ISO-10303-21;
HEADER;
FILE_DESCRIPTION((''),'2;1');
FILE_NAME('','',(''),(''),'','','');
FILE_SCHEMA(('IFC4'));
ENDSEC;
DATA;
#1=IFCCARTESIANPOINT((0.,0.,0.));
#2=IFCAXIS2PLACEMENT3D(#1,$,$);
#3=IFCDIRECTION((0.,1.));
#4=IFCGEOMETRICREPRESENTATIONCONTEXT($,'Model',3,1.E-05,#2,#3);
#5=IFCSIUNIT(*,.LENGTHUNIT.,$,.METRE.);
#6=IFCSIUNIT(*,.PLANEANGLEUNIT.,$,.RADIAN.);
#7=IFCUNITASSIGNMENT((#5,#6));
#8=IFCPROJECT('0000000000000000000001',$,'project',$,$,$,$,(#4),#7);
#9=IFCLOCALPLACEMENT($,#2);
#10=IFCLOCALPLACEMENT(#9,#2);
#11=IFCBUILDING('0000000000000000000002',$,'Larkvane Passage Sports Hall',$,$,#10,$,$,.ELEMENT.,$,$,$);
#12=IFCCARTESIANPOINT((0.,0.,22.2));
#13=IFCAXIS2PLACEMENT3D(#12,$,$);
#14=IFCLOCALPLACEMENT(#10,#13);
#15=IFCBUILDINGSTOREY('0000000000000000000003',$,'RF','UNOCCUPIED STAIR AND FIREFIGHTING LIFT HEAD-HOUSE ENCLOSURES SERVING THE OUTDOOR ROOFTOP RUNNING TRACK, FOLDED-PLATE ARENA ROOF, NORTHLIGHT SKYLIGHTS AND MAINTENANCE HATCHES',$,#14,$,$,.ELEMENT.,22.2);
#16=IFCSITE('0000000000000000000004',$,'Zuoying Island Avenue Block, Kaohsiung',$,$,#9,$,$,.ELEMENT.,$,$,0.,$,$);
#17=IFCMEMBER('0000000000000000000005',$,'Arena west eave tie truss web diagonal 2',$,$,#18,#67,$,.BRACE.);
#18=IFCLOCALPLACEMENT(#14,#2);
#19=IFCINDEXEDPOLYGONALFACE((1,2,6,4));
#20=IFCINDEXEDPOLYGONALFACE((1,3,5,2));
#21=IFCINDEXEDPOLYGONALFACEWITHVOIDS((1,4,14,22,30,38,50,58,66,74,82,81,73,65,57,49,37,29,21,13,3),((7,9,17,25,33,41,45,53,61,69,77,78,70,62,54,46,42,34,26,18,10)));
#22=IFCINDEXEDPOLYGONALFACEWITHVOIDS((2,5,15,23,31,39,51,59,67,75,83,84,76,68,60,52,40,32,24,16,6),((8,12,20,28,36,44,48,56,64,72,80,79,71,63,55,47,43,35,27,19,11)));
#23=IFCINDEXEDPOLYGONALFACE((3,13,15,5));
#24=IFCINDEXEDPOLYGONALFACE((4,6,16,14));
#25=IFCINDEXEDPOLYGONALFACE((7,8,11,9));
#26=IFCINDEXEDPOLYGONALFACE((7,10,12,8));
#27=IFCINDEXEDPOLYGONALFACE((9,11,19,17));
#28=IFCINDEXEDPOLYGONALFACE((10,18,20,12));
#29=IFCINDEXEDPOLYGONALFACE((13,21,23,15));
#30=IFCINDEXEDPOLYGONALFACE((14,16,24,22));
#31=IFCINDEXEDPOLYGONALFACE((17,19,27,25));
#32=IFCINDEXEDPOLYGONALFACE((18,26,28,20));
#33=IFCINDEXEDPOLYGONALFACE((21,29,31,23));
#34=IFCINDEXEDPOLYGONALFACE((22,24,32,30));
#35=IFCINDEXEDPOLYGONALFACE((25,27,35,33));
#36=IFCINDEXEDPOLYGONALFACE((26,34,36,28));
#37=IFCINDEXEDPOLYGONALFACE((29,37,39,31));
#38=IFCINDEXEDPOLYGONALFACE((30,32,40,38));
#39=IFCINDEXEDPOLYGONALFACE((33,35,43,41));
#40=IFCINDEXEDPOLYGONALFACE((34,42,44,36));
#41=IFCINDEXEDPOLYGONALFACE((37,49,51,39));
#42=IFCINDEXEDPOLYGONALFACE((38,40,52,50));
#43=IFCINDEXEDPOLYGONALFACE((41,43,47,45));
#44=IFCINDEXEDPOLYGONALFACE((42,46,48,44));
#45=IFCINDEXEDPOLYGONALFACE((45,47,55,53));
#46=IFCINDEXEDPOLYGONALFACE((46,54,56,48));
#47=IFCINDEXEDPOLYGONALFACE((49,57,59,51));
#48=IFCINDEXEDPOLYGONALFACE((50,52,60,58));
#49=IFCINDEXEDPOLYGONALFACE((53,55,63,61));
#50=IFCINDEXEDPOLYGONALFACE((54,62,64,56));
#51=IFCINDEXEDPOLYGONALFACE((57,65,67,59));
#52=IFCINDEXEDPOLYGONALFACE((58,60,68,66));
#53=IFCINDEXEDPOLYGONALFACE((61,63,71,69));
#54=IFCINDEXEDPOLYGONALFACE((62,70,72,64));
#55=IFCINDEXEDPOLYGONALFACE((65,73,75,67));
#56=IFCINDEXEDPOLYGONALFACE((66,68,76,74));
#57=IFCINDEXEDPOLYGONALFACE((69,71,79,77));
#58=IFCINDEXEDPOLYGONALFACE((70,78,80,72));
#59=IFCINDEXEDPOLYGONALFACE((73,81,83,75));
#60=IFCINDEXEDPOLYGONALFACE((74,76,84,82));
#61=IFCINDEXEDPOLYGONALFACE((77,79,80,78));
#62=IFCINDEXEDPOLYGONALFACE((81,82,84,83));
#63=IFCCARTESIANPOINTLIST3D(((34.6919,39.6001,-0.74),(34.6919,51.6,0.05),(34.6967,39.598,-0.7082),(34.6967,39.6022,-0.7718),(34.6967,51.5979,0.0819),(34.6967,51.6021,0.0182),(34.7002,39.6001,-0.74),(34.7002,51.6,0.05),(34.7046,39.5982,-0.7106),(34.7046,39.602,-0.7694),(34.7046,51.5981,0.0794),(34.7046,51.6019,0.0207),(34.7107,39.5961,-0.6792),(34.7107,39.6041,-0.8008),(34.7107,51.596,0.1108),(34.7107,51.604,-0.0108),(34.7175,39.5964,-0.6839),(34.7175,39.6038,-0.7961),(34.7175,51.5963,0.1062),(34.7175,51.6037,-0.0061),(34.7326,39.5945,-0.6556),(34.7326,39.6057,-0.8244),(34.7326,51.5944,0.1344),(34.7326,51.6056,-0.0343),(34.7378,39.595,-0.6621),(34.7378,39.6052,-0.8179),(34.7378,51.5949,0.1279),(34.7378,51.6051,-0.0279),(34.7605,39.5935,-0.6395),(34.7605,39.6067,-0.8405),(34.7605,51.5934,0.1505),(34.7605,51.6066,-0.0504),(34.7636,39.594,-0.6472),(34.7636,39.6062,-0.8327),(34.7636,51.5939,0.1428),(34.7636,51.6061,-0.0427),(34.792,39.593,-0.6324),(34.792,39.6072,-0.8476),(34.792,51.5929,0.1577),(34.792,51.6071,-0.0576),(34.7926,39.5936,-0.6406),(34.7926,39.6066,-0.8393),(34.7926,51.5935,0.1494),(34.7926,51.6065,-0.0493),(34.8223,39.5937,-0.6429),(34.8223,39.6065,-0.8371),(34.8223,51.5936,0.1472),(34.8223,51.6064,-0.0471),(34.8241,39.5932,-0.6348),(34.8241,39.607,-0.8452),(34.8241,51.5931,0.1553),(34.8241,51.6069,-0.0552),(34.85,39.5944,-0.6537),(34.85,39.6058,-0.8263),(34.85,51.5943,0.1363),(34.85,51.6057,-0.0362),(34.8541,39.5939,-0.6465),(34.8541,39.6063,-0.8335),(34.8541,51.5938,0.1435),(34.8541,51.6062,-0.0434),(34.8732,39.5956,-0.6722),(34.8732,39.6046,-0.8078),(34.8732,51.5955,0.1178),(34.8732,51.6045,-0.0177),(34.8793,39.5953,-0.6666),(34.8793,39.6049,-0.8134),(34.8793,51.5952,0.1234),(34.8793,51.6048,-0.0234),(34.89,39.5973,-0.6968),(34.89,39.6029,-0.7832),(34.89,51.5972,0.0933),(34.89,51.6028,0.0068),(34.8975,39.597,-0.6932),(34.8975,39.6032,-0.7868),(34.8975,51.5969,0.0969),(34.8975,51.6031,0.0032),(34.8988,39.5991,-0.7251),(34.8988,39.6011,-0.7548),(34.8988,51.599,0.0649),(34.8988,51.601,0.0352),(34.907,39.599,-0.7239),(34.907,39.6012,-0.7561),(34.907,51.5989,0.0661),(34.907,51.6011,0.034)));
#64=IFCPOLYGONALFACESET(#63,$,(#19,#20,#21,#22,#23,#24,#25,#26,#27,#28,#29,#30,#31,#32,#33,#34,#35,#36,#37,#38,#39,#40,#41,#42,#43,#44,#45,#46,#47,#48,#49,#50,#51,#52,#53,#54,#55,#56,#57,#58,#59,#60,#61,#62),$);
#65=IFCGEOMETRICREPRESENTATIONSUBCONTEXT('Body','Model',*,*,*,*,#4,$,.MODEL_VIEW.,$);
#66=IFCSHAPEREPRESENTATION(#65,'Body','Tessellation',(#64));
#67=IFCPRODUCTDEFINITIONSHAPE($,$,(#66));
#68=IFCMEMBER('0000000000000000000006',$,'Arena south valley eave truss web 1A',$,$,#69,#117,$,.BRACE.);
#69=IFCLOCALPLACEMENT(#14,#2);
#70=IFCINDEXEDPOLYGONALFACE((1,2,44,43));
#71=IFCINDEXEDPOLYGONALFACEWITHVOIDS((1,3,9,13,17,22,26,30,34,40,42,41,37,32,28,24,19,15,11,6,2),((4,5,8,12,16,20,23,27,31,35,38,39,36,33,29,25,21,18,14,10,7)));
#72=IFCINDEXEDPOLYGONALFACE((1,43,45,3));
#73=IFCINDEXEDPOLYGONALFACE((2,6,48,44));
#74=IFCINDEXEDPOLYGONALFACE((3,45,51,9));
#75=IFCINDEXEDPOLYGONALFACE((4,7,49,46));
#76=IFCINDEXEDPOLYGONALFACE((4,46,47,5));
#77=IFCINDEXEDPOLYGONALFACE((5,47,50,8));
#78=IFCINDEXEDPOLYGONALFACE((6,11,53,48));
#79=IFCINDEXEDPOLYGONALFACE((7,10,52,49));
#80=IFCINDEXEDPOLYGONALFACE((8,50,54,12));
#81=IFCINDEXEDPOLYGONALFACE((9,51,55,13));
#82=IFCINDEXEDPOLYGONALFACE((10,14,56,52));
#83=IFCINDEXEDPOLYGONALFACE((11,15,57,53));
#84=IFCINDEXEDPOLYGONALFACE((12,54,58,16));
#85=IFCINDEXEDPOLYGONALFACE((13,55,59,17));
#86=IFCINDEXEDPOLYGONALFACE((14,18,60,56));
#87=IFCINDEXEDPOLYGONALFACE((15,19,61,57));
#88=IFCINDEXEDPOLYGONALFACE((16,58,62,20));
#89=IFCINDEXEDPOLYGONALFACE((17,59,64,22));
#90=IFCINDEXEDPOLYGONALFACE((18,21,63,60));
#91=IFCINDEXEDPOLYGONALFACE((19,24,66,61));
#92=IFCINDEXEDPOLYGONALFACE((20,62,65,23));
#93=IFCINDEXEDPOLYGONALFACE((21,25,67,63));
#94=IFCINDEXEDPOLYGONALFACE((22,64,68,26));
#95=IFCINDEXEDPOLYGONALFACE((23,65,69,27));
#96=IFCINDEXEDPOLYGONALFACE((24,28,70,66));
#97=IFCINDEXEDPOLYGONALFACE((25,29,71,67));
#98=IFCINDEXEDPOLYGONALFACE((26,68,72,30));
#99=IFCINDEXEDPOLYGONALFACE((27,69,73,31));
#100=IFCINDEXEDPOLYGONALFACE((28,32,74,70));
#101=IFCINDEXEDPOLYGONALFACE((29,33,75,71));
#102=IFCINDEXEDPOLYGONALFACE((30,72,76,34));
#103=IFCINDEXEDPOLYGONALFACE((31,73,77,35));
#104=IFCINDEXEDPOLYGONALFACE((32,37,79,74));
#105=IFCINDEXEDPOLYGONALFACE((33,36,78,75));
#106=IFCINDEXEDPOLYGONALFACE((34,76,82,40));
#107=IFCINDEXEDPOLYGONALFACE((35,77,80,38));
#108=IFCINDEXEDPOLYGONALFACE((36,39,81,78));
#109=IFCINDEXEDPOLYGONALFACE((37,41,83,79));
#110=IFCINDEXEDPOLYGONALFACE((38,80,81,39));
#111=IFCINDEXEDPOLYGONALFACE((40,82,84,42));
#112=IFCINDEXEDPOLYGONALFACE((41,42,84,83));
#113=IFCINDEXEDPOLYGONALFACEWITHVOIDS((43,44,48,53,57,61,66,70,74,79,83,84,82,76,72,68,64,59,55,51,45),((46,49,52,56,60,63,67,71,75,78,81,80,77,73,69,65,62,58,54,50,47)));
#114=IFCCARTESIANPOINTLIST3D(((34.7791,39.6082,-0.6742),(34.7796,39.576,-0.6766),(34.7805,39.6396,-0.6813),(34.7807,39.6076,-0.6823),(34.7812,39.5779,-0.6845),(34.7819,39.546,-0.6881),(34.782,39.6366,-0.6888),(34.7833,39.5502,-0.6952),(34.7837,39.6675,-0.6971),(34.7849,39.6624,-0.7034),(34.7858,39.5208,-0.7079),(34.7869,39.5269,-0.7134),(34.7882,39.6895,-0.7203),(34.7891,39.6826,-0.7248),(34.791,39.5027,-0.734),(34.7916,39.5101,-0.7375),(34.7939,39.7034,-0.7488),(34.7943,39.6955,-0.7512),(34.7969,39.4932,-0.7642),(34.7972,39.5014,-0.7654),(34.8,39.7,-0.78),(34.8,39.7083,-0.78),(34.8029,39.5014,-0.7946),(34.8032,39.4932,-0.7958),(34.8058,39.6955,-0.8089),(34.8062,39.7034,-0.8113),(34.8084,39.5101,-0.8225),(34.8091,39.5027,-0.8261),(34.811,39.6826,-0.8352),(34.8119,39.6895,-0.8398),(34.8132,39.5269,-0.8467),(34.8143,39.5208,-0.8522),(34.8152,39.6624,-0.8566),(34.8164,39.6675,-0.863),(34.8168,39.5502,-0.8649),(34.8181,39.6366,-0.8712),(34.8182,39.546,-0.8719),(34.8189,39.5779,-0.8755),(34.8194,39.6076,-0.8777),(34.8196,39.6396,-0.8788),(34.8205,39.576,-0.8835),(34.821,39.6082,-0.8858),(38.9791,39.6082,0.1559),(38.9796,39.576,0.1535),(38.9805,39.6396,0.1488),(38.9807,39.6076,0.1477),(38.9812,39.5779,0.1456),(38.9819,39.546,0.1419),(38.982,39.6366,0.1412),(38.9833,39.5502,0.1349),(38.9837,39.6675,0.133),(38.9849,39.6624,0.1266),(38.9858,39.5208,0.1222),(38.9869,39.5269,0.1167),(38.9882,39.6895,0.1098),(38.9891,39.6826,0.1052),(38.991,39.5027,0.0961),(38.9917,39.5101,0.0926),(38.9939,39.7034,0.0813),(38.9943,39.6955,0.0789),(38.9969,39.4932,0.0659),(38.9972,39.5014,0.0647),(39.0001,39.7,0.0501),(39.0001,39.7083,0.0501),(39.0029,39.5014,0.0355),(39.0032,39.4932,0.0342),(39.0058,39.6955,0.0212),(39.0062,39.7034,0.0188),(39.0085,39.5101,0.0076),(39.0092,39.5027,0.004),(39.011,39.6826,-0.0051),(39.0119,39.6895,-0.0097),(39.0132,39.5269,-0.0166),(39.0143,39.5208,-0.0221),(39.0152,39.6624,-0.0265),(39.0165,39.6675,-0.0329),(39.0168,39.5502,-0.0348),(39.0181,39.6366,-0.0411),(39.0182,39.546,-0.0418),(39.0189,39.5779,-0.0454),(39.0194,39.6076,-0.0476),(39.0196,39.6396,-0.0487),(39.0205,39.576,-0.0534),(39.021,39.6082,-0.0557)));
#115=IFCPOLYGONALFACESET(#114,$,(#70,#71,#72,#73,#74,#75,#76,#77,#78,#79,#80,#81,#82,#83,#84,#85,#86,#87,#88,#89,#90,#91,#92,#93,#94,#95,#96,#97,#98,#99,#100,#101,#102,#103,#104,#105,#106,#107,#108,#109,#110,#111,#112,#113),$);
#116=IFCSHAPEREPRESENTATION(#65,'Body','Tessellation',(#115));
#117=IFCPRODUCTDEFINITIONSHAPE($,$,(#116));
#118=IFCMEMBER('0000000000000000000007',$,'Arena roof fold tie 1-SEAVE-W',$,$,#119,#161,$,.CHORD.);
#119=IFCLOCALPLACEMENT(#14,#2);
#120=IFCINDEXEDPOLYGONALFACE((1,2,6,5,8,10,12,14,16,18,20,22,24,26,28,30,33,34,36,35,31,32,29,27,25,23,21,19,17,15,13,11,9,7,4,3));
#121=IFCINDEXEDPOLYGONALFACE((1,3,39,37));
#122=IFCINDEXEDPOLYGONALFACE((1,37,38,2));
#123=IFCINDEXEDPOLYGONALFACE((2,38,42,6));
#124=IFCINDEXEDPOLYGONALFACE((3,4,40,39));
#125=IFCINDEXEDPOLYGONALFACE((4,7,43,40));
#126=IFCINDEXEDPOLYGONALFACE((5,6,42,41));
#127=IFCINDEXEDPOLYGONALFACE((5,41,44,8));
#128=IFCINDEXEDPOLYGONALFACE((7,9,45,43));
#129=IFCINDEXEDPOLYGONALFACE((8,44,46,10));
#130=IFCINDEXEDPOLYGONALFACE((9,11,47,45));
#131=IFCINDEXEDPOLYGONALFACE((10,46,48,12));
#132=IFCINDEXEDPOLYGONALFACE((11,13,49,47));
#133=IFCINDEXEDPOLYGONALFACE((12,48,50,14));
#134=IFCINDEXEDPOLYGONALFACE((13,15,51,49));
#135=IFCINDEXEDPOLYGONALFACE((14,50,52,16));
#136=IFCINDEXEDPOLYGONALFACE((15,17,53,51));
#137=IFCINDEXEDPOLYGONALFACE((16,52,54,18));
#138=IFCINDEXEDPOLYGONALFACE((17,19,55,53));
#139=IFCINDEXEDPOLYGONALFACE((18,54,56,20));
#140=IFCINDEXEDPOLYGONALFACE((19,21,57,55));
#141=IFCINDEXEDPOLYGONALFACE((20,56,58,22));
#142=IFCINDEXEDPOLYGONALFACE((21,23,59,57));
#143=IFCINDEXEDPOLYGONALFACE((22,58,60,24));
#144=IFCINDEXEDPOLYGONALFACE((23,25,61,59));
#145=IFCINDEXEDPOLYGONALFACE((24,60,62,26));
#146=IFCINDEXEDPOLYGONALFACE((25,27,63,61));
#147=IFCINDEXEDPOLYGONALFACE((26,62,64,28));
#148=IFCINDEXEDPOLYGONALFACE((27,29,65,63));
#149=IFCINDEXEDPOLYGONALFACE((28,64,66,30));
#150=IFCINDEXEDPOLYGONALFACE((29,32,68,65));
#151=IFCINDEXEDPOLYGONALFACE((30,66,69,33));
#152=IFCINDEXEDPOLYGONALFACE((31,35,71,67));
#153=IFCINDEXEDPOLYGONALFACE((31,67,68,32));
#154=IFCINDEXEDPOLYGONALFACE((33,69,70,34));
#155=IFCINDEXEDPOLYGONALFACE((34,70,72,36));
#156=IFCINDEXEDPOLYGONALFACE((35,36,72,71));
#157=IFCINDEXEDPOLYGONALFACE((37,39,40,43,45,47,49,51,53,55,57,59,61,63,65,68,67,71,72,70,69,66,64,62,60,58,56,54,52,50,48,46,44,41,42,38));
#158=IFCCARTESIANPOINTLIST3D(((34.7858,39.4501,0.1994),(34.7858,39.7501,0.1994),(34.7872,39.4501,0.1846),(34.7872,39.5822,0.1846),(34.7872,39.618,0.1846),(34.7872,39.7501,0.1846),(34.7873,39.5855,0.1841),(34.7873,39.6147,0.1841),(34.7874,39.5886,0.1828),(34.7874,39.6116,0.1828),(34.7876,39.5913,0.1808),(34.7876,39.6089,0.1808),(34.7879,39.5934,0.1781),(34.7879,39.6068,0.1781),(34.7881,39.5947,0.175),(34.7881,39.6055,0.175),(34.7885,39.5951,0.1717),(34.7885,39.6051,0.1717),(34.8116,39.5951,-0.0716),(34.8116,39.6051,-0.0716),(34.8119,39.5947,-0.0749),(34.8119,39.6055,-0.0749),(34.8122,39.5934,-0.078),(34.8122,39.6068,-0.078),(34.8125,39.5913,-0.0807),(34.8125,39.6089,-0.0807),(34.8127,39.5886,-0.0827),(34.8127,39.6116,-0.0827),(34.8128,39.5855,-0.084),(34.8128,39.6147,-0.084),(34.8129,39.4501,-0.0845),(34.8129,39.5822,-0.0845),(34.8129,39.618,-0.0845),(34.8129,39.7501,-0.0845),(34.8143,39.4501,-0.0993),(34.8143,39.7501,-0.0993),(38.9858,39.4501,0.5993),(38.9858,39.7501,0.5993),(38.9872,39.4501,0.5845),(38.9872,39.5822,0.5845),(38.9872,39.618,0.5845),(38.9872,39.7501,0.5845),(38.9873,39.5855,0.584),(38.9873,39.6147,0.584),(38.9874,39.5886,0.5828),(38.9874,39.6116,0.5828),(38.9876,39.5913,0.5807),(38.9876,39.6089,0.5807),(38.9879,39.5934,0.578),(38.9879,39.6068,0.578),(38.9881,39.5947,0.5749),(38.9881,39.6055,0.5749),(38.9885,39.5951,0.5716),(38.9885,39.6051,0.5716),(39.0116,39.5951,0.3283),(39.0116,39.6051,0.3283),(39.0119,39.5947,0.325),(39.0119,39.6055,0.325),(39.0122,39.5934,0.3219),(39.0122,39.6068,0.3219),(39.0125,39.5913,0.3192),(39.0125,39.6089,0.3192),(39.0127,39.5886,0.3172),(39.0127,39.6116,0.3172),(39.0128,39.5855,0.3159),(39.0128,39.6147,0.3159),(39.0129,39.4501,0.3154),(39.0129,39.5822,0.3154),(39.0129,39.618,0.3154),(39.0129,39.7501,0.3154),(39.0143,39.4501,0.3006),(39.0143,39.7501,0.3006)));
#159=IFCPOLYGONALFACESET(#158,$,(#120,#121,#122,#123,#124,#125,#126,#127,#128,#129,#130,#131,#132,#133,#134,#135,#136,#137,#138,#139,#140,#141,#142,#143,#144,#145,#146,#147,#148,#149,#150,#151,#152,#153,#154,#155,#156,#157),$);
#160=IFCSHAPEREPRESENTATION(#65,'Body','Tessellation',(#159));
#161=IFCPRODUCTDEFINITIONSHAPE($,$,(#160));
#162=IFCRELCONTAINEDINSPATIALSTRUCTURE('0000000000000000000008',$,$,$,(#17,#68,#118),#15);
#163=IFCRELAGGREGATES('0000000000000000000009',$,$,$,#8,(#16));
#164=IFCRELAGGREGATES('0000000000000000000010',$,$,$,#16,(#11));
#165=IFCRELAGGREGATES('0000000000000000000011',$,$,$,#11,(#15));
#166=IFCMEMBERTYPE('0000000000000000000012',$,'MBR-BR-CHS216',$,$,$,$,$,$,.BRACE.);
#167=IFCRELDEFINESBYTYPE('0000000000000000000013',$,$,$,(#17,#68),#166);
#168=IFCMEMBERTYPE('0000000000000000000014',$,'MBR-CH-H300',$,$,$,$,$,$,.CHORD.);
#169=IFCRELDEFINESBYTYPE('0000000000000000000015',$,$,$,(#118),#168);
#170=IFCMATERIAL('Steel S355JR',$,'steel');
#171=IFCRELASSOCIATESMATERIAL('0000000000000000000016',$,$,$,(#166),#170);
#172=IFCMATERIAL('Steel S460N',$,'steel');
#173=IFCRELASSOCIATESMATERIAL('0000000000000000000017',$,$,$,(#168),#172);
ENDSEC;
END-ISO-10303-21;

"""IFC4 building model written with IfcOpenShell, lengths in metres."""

from ifc_helpers import new_model, si_unit, direction, frame, origin, origin_2d, place, context, subcontext, project, spatial, hollow_circle, i_section, extrude, material, material_profile, profile_set, type_object, element, save


model = new_model("IFC4")

# Units and contexts
model_context = context("Model", 3, precision=1e-05, world=origin(), true_north=direction((0.0, 1.0)))
body_context = subcontext(model_context, "Body", "Model", "MODEL_VIEW")
ifc_project = project(units=[si_unit("LENGTHUNIT", "METRE"), si_unit("PLANEANGLEUNIT", "RADIAN")], contexts=[model_context])

# Site, building, storey
site_placement = place(None, origin())
site = spatial("IfcSite", under=ifc_project, at=site_placement, Name="Zuoying Island Avenue Block, Kaohsiung", CompositionType="ELEMENT", RefElevation=0.0)
building_placement = place(site_placement, origin())
building = spatial("IfcBuilding", under=site, at=building_placement, Name="Larkvane Passage Sports Hall", CompositionType="ELEMENT")
storey_placement = place(building_placement, frame((0.0, 0.0, 22.2)))
storey = spatial("IfcBuildingStorey", under=building, at=storey_placement, Name="RF", Description="UNOCCUPIED STAIR AND FIREFIGHTING LIFT HEAD-HOUSE ENCLOSURES SERVING THE OUTDOOR ROOFTOP RUNNING TRACK, FOLDED-PLATE ARENA ROOF, NORTHLIGHT SKYLIGHTS AND MAINTENANCE HATCHES", CompositionType="ELEMENT", Elevation=22.2)

# Shared definitions
ifc_material_1 = material(Name="Steel S355JR", Category="steel")

# Members
ifc_material_profile_1 = material_profile(ifc_material_1, hollow_circle(Radius=0.1082, WallThickness=0.0083, at=origin_2d()), Name="CHS-216.3x8.2")
ifc_profile_set_1 = profile_set([ifc_material_profile_1], Name="Steel S355JR")
member_type_1 = type_object("IfcMemberType", Name="MBR-BR-CHS216", PredefinedType="BRACE", material=ifc_profile_set_1)
member_1_placement = place(storey_placement, frame((34.8, 39.6001, -0.74), z_axis=(0.0, 0.99784, 0.065694), x_axis=(-1.0, 0.0, 0.0)))
element("IfcMember", 1, at=member_1_placement, inside=storey, type_object=member_type_1, Name="Arena west eave tie truss web diagonal 2", PredefinedType="BRACE", context=body_context, shape_type="SweptSolid", body=[
    extrude(hollow_circle(Radius=0.1082, WallThickness=0.0083, at=origin_2d()), origin(), (0.0, 0.0, 1.0), 12.0259),
])
member_2_placement = place(storey_placement, frame((34.8, 39.6001, -0.78), z_axis=(0.981023, 0.0, 0.193889), x_axis=(0.0, 1.0, 0.0)))
element("IfcMember", 2, at=member_2_placement, inside=storey, type_object=member_type_1, Name="Arena south valley eave truss web 1A", PredefinedType="BRACE", context=body_context, shape_type="SweptSolid", body=[
    extrude(hollow_circle(Radius=0.1082, WallThickness=0.0083, at=origin_2d()), origin(), (0.0, 0.0, 1.0), 4.2812),
])
ifc_material_2 = material(Name="Steel S460N", Category="steel")
ifc_material_profile_2 = material_profile(ifc_material_2, i_section(OverallWidth=0.3, OverallDepth=0.3, WebThickness=0.01, FlangeThickness=0.0149, FilletRadius=0.0129, at=origin_2d()), Name="H-300x300x10x15")
ifc_profile_set_2 = profile_set([ifc_material_profile_2], Name="Steel S460N")
member_type_2 = type_object("IfcMemberType", Name="MBR-CH-H300", PredefinedType="CHORD", material=ifc_profile_set_2)
member_3_placement = place(storey_placement, frame((34.8, 39.6001, 0.05), z_axis=(0.995498, 0.0, 0.094787), x_axis=(0.0, 1.0, 0.0)))
element("IfcMember", 3, at=member_3_placement, inside=storey, type_object=member_type_2, Name="Arena roof fold tie 1-SEAVE-W", PredefinedType="CHORD", context=body_context, shape_type="SweptSolid", body=[
    extrude(i_section(OverallWidth=0.3, OverallDepth=0.3, WebThickness=0.01, FlangeThickness=0.0149, FilletRadius=0.0129, at=origin_2d()), origin(), (0.0, 0.0, 1.0), 4.219),
])

save(model, "model.ifc")
